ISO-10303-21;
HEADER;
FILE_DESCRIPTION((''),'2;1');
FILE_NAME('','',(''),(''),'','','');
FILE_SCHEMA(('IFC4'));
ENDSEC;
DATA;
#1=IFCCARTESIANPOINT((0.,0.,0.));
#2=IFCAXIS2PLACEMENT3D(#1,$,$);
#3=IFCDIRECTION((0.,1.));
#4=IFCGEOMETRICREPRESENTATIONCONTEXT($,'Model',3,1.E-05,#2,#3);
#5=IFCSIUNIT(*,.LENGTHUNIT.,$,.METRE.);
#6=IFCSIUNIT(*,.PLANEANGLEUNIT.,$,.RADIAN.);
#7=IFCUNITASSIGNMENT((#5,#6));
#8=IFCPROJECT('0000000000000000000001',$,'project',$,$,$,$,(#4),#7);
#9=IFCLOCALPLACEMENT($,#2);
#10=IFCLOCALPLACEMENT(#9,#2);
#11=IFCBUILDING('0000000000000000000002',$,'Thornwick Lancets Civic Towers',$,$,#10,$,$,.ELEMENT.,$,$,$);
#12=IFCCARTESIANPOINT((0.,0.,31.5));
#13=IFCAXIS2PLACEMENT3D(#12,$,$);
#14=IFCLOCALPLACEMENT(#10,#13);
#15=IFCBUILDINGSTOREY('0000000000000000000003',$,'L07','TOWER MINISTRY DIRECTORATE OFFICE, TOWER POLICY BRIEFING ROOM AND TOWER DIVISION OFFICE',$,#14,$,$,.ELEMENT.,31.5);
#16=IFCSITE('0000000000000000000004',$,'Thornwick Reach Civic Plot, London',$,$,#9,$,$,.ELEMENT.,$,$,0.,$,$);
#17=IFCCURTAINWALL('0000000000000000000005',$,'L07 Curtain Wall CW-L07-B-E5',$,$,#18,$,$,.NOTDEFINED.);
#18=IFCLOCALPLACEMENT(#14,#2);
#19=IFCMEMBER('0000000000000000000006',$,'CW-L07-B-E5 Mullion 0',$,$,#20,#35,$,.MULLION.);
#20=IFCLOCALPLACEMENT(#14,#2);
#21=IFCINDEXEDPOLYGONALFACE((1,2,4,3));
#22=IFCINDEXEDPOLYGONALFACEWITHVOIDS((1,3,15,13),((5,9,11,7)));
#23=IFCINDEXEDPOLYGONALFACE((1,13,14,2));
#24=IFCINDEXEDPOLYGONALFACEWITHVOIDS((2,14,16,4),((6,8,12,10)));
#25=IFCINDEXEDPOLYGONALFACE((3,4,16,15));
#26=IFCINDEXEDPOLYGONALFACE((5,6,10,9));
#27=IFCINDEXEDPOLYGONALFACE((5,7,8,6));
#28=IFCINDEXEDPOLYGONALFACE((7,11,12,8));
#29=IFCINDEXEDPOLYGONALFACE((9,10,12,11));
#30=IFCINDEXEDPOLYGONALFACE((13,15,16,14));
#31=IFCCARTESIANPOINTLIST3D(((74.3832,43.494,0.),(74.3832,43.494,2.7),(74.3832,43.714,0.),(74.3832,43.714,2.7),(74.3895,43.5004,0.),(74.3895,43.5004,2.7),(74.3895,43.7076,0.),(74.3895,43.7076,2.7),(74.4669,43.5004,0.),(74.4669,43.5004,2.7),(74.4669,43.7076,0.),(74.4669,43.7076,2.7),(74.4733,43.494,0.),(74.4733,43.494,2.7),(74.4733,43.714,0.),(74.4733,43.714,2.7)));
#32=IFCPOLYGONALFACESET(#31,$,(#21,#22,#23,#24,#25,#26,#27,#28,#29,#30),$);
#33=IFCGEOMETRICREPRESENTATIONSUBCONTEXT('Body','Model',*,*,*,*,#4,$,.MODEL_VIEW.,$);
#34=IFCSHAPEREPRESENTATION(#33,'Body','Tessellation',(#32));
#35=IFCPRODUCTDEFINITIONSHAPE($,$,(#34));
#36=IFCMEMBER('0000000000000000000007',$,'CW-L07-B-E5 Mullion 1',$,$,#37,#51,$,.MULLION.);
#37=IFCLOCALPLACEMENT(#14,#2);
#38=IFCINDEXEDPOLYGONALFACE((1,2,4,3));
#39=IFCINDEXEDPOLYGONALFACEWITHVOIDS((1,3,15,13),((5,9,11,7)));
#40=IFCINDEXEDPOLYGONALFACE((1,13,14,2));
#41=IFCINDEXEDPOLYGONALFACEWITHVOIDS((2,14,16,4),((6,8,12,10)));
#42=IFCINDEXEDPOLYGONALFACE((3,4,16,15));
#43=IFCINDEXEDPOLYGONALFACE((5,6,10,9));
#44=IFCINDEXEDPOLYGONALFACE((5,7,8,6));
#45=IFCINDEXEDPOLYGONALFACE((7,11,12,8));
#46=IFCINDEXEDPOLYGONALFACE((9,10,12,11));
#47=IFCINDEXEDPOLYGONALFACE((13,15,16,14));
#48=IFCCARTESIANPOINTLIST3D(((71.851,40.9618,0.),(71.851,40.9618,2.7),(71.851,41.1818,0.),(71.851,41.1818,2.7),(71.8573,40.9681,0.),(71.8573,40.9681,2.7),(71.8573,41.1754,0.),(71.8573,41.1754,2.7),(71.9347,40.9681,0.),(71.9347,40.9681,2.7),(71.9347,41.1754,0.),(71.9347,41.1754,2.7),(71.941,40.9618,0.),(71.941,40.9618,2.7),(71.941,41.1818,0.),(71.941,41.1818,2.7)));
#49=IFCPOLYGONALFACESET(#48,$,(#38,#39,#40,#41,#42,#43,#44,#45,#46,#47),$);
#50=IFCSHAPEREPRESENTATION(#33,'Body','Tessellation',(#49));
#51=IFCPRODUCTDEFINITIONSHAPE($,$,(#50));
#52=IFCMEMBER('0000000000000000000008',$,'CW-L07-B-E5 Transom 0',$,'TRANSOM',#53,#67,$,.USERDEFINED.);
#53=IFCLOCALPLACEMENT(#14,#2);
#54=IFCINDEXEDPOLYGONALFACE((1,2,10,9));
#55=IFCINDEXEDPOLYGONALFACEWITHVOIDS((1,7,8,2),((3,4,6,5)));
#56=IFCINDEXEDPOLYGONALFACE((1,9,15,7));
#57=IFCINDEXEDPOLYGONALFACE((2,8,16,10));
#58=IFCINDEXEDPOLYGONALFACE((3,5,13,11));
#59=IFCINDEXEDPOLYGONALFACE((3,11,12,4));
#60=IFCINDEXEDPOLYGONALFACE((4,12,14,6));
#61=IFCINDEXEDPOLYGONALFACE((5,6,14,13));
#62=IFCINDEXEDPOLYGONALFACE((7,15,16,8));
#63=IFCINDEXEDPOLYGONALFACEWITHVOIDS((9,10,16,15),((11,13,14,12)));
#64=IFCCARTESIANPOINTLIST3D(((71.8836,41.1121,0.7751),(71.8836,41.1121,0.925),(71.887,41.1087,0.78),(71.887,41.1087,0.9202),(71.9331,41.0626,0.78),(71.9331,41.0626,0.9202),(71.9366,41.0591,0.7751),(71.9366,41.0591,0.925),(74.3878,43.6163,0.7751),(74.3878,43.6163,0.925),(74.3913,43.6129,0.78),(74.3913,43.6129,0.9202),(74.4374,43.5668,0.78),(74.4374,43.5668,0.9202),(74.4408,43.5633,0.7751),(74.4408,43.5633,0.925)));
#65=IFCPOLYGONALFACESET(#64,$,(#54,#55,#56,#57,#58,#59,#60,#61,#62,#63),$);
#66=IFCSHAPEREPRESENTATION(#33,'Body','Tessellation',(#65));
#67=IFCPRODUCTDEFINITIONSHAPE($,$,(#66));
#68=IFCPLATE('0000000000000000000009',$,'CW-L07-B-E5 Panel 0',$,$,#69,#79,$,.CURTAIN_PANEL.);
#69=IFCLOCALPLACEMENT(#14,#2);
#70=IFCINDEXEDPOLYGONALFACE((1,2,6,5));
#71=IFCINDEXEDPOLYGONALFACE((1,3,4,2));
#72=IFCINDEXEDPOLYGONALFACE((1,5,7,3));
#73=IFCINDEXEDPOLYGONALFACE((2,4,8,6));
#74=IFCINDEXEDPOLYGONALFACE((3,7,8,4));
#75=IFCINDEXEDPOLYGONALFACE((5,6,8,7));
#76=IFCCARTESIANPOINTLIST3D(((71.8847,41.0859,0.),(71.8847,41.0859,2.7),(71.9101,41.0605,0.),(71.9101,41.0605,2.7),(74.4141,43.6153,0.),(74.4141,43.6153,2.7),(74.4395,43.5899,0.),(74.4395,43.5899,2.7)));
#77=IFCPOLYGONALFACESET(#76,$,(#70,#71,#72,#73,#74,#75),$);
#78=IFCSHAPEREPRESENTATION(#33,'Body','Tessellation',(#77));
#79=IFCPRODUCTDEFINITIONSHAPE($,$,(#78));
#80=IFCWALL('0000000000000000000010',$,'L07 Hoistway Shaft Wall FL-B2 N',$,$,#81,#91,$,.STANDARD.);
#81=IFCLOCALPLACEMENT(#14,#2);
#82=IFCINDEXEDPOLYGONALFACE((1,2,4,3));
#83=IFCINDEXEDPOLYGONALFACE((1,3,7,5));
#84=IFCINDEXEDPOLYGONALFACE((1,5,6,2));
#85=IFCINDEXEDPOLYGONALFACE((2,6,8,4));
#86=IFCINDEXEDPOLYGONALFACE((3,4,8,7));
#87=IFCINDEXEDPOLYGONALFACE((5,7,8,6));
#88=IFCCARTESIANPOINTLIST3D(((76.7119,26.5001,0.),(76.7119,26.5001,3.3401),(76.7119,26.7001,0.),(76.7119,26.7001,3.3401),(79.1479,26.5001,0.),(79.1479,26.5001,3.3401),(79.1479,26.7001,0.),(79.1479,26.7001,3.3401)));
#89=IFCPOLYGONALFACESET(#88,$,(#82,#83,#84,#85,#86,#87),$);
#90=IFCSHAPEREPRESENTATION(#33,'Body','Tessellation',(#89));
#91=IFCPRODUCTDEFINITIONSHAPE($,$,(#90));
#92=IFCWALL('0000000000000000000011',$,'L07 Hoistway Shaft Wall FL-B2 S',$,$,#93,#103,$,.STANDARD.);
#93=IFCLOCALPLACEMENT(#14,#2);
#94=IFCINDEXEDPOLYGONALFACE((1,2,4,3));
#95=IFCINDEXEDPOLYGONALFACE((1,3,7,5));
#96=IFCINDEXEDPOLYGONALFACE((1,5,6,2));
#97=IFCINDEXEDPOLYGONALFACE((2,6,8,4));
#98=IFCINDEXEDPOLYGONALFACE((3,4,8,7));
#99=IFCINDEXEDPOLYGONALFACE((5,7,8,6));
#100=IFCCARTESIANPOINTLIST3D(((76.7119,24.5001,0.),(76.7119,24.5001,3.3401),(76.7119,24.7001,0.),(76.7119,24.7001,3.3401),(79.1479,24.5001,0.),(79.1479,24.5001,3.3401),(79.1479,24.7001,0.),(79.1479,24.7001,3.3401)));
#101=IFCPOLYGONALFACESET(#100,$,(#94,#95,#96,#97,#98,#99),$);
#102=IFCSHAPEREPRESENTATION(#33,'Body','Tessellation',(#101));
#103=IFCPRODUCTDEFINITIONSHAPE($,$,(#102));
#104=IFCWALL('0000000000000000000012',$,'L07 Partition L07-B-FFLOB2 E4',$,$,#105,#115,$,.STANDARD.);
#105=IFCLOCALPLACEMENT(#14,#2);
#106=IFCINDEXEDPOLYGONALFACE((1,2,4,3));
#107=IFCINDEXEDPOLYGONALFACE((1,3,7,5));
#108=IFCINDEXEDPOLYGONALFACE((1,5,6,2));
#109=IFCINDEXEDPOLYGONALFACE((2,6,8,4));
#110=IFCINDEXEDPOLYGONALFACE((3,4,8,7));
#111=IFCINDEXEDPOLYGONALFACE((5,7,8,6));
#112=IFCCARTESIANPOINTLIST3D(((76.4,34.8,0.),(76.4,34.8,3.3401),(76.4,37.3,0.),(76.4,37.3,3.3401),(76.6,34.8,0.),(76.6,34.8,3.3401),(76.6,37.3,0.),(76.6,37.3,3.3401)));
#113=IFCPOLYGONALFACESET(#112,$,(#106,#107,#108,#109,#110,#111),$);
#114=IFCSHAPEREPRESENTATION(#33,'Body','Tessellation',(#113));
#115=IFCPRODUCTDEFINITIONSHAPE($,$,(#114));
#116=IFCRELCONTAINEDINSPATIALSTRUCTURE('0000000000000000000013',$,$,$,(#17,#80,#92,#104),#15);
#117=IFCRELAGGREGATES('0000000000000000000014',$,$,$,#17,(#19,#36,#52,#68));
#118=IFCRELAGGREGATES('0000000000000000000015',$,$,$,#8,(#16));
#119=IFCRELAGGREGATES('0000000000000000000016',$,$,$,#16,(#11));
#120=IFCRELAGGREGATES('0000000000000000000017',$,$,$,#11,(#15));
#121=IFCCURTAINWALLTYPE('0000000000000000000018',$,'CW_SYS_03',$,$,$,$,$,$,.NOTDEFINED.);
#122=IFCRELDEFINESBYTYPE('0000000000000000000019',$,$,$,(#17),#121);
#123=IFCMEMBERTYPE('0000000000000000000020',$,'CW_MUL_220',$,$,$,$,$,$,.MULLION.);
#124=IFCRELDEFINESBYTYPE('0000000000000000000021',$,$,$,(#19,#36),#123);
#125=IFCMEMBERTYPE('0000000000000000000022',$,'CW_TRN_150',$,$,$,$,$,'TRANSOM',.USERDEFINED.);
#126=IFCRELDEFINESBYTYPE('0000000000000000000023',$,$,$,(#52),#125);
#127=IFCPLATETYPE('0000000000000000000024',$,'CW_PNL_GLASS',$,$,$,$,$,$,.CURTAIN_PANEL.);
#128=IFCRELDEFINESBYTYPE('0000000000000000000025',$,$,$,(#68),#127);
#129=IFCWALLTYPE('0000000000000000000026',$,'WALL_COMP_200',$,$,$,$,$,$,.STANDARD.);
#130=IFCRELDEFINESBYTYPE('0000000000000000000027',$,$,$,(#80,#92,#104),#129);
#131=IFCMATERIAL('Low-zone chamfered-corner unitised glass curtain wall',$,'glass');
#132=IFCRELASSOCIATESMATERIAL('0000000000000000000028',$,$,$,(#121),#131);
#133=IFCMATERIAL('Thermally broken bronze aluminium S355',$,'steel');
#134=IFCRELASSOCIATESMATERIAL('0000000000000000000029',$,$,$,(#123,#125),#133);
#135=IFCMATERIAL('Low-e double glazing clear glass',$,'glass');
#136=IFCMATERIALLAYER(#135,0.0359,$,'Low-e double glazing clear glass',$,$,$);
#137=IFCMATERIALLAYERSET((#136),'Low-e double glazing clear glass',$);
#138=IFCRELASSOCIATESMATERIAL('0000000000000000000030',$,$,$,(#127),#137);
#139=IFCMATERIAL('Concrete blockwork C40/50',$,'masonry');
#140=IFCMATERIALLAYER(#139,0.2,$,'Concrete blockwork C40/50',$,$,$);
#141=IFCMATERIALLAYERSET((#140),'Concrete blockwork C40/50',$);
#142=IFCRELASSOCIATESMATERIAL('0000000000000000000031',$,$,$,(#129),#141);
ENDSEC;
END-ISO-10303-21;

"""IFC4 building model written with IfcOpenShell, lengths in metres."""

from ifc_helpers import new_model, si_unit, direction, frame, frame_2d, origin, origin_2d, place, context, subcontext, project, spatial, rectangle, hollow_rectangle, extrude, material, layer, layer_set, material_profile, profile_set, type_object, element, aggregate, save


model = new_model("IFC4")

# Units and contexts
model_context = context("Model", 3, precision=1e-05, world=origin(), true_north=direction((0.0, 1.0)))
body_context = subcontext(model_context, "Body", "Model", "MODEL_VIEW")
ifc_project = project(units=[si_unit("LENGTHUNIT", "METRE"), si_unit("PLANEANGLEUNIT", "RADIAN")], contexts=[model_context])

# Site, building, storey
site_placement = place(None, origin())
site = spatial("IfcSite", under=ifc_project, at=site_placement, Name="Thornwick Reach Civic Plot, London", CompositionType="ELEMENT", RefElevation=0.0)
building_placement = place(site_placement, origin())
building = spatial("IfcBuilding", under=site, at=building_placement, Name="Thornwick Lancets Civic Towers", CompositionType="ELEMENT")
storey_placement = place(building_placement, frame((0.0, 0.0, 31.5)))
storey = spatial("IfcBuildingStorey", under=building, at=storey_placement, Name="L07", Description="TOWER MINISTRY DIRECTORATE OFFICE, TOWER POLICY BRIEFING ROOM AND TOWER DIVISION OFFICE", CompositionType="ELEMENT", Elevation=31.5)

# Curtain wall, members, plate
ifc_material_1 = material(Name="Low-zone chamfered-corner unitised glass curtain wall", Category="glass")
curtain_wall_type = type_object("IfcCurtainWallType", Name="CW_SYS_03", PredefinedType="NOTDEFINED", material=ifc_material_1)
curtain_wall_placement = place(storey_placement, origin())
curtain_wall = element("IfcCurtainWall", 1, at=curtain_wall_placement, inside=storey, type_object=curtain_wall_type, Name="L07 Curtain Wall CW-L07-B-E5", PredefinedType="NOTDEFINED")
ifc_material_2 = material(Name="Thermally broken bronze aluminium S355", Category="steel")
ifc_material_profile_1 = material_profile(ifc_material_2, hollow_rectangle(XDim=0.0901, YDim=0.22, WallThickness=0.0063, at=origin_2d()), Name="RHS 220x90x6.3")
ifc_profile_set_1 = profile_set([ifc_material_profile_1], Name="Thermally broken bronze aluminium S355")
member_type_1 = type_object("IfcMemberType", Name="CW_MUL_220", PredefinedType="MULLION", material=ifc_profile_set_1)
member_1_placement = place(storey_placement, frame((74.4282, 43.604, 0.0), z_axis=(0.0, 0.0, 1.0), x_axis=(1.0, 0.0, 0.0)))
member_1 = element("IfcMember", 2, at=member_1_placement, type_object=member_type_1, Name="CW-L07-B-E5 Mullion 0", PredefinedType="MULLION", context=body_context, shape_type="SweptSolid", body=[
    extrude(hollow_rectangle(XDim=0.0901, YDim=0.22, WallThickness=0.0063, at=origin_2d()), origin(), (0.0, 0.0, 1.0), 2.7),
])
member_2_placement = place(storey_placement, frame((71.896, 41.0718, 0.0), z_axis=(0.0, 0.0, 1.0), x_axis=(1.0, 0.0, 0.0)))
member_2 = element("IfcMember", 3, at=member_2_placement, type_object=member_type_1, Name="CW-L07-B-E5 Mullion 1", PredefinedType="MULLION", context=body_context, shape_type="SweptSolid", body=[
    extrude(hollow_rectangle(XDim=0.0901, YDim=0.22, WallThickness=0.0063, at=origin_2d()), origin(), (0.0, 0.0, 1.0), 2.7),
])
ifc_material_profile_2 = material_profile(ifc_material_2, hollow_rectangle(XDim=0.075, YDim=0.1499, WallThickness=0.0049, at=origin_2d()), Name="RHS 150x75x5")
ifc_profile_set_2 = profile_set([ifc_material_profile_2], Name="Thermally broken bronze aluminium S355")
member_type_2 = type_object("IfcMemberType", Name="CW_TRN_150", ElementType="TRANSOM", PredefinedType="USERDEFINED", material=ifc_profile_set_2)
member_3_placement = place(storey_placement, frame((74.4143, 43.5898, 0.8501), z_axis=(-0.707107, -0.707107, 0.0), x_axis=(0.707107, -0.707107, 0.0)))
member_3 = element("IfcMember", 4, at=member_3_placement, type_object=member_type_2, Name="CW-L07-B-E5 Transom 0", ObjectType="TRANSOM", PredefinedType="USERDEFINED", context=body_context, shape_type="SweptSolid", body=[
    extrude(hollow_rectangle(XDim=0.075, YDim=0.1499, WallThickness=0.0049, at=origin_2d()), origin(), (0.0, 0.0, 1.0), 3.5415),
])
ifc_material_3 = material(Name="Low-e double glazing clear glass", Category="glass")
ifc_layer_1 = layer(ifc_material_3, 0.0359, Name="Low-e double glazing clear glass")
ifc_layer_set_1 = layer_set([ifc_layer_1], Name="Low-e double glazing clear glass")
plate_type = type_object("IfcPlateType", Name="CW_PNL_GLASS", PredefinedType="CURTAIN_PANEL", material=ifc_layer_set_1)
plate_placement = place(storey_placement, frame((73.1621, 42.3379, 0.0), z_axis=(0.0, 0.0, 1.0), x_axis=(-0.707107, -0.707107, 0.0)))
plate = element("IfcPlate", 5, at=plate_placement, type_object=plate_type, Name="CW-L07-B-E5 Panel 0", PredefinedType="CURTAIN_PANEL", context=body_context, shape_type="SweptSolid", body=[
    extrude(rectangle(XDim=3.5771, YDim=0.0359, at=origin_2d()), origin(), (0.0, 0.0, 1.0), 2.7),
])
aggregate(curtain_wall, [member_1, member_2, member_3, plate])

# Walls
ifc_material_4 = material(Name="Concrete blockwork C40/50", Category="masonry")
ifc_layer_2 = layer(ifc_material_4, 0.2, Name="Concrete blockwork C40/50")
ifc_layer_set_2 = layer_set([ifc_layer_2], Name="Concrete blockwork C40/50")
wall_type_1 = type_object("IfcWallType", Name="WALL_COMP_200", PredefinedType="STANDARD", material=ifc_layer_set_2)
for number, where, z_axis, x_axis, name in (
    (6, (76.7119, 26.6001, 0.0), (0.0, 0.0, 1.0), (1.0, 0.0, 0.0), "L07 Hoistway Shaft Wall FL-B2 N"),
    (7, (76.7119, 24.6001, 0.0), (0.0, 0.0, 1.0), (1.0, 0.0, 0.0), "L07 Hoistway Shaft Wall FL-B2 S"),
):
    element("IfcWall", number, at=place(storey_placement, frame(where, z_axis=z_axis, x_axis=x_axis)), inside=storey, type_object=wall_type_1, Name=name, PredefinedType="STANDARD", context=body_context, shape_type="SweptSolid", body=[
        extrude(rectangle(XDim=2.436, YDim=0.2, at=frame_2d((1.218, 0.0))), origin(), (0.0, 0.0, 1.0), 3.3401),
    ])
wall_1_placement = place(storey_placement, frame((76.5, 37.3, 0.0), z_axis=(0.0, 0.0, 1.0), x_axis=(0.0, -1.0, 0.0)))
element("IfcWall", 8, at=wall_1_placement, inside=storey, type_object=wall_type_1, Name="L07 Partition L07-B-FFLOB2 E4", PredefinedType="STANDARD", context=body_context, shape_type="SweptSolid", body=[
    extrude(rectangle(XDim=2.5, YDim=0.2, at=frame_2d((1.25, 0.0))), origin(), (0.0, 0.0, 1.0), 3.3401),
])

save(model, "model.ifc")
